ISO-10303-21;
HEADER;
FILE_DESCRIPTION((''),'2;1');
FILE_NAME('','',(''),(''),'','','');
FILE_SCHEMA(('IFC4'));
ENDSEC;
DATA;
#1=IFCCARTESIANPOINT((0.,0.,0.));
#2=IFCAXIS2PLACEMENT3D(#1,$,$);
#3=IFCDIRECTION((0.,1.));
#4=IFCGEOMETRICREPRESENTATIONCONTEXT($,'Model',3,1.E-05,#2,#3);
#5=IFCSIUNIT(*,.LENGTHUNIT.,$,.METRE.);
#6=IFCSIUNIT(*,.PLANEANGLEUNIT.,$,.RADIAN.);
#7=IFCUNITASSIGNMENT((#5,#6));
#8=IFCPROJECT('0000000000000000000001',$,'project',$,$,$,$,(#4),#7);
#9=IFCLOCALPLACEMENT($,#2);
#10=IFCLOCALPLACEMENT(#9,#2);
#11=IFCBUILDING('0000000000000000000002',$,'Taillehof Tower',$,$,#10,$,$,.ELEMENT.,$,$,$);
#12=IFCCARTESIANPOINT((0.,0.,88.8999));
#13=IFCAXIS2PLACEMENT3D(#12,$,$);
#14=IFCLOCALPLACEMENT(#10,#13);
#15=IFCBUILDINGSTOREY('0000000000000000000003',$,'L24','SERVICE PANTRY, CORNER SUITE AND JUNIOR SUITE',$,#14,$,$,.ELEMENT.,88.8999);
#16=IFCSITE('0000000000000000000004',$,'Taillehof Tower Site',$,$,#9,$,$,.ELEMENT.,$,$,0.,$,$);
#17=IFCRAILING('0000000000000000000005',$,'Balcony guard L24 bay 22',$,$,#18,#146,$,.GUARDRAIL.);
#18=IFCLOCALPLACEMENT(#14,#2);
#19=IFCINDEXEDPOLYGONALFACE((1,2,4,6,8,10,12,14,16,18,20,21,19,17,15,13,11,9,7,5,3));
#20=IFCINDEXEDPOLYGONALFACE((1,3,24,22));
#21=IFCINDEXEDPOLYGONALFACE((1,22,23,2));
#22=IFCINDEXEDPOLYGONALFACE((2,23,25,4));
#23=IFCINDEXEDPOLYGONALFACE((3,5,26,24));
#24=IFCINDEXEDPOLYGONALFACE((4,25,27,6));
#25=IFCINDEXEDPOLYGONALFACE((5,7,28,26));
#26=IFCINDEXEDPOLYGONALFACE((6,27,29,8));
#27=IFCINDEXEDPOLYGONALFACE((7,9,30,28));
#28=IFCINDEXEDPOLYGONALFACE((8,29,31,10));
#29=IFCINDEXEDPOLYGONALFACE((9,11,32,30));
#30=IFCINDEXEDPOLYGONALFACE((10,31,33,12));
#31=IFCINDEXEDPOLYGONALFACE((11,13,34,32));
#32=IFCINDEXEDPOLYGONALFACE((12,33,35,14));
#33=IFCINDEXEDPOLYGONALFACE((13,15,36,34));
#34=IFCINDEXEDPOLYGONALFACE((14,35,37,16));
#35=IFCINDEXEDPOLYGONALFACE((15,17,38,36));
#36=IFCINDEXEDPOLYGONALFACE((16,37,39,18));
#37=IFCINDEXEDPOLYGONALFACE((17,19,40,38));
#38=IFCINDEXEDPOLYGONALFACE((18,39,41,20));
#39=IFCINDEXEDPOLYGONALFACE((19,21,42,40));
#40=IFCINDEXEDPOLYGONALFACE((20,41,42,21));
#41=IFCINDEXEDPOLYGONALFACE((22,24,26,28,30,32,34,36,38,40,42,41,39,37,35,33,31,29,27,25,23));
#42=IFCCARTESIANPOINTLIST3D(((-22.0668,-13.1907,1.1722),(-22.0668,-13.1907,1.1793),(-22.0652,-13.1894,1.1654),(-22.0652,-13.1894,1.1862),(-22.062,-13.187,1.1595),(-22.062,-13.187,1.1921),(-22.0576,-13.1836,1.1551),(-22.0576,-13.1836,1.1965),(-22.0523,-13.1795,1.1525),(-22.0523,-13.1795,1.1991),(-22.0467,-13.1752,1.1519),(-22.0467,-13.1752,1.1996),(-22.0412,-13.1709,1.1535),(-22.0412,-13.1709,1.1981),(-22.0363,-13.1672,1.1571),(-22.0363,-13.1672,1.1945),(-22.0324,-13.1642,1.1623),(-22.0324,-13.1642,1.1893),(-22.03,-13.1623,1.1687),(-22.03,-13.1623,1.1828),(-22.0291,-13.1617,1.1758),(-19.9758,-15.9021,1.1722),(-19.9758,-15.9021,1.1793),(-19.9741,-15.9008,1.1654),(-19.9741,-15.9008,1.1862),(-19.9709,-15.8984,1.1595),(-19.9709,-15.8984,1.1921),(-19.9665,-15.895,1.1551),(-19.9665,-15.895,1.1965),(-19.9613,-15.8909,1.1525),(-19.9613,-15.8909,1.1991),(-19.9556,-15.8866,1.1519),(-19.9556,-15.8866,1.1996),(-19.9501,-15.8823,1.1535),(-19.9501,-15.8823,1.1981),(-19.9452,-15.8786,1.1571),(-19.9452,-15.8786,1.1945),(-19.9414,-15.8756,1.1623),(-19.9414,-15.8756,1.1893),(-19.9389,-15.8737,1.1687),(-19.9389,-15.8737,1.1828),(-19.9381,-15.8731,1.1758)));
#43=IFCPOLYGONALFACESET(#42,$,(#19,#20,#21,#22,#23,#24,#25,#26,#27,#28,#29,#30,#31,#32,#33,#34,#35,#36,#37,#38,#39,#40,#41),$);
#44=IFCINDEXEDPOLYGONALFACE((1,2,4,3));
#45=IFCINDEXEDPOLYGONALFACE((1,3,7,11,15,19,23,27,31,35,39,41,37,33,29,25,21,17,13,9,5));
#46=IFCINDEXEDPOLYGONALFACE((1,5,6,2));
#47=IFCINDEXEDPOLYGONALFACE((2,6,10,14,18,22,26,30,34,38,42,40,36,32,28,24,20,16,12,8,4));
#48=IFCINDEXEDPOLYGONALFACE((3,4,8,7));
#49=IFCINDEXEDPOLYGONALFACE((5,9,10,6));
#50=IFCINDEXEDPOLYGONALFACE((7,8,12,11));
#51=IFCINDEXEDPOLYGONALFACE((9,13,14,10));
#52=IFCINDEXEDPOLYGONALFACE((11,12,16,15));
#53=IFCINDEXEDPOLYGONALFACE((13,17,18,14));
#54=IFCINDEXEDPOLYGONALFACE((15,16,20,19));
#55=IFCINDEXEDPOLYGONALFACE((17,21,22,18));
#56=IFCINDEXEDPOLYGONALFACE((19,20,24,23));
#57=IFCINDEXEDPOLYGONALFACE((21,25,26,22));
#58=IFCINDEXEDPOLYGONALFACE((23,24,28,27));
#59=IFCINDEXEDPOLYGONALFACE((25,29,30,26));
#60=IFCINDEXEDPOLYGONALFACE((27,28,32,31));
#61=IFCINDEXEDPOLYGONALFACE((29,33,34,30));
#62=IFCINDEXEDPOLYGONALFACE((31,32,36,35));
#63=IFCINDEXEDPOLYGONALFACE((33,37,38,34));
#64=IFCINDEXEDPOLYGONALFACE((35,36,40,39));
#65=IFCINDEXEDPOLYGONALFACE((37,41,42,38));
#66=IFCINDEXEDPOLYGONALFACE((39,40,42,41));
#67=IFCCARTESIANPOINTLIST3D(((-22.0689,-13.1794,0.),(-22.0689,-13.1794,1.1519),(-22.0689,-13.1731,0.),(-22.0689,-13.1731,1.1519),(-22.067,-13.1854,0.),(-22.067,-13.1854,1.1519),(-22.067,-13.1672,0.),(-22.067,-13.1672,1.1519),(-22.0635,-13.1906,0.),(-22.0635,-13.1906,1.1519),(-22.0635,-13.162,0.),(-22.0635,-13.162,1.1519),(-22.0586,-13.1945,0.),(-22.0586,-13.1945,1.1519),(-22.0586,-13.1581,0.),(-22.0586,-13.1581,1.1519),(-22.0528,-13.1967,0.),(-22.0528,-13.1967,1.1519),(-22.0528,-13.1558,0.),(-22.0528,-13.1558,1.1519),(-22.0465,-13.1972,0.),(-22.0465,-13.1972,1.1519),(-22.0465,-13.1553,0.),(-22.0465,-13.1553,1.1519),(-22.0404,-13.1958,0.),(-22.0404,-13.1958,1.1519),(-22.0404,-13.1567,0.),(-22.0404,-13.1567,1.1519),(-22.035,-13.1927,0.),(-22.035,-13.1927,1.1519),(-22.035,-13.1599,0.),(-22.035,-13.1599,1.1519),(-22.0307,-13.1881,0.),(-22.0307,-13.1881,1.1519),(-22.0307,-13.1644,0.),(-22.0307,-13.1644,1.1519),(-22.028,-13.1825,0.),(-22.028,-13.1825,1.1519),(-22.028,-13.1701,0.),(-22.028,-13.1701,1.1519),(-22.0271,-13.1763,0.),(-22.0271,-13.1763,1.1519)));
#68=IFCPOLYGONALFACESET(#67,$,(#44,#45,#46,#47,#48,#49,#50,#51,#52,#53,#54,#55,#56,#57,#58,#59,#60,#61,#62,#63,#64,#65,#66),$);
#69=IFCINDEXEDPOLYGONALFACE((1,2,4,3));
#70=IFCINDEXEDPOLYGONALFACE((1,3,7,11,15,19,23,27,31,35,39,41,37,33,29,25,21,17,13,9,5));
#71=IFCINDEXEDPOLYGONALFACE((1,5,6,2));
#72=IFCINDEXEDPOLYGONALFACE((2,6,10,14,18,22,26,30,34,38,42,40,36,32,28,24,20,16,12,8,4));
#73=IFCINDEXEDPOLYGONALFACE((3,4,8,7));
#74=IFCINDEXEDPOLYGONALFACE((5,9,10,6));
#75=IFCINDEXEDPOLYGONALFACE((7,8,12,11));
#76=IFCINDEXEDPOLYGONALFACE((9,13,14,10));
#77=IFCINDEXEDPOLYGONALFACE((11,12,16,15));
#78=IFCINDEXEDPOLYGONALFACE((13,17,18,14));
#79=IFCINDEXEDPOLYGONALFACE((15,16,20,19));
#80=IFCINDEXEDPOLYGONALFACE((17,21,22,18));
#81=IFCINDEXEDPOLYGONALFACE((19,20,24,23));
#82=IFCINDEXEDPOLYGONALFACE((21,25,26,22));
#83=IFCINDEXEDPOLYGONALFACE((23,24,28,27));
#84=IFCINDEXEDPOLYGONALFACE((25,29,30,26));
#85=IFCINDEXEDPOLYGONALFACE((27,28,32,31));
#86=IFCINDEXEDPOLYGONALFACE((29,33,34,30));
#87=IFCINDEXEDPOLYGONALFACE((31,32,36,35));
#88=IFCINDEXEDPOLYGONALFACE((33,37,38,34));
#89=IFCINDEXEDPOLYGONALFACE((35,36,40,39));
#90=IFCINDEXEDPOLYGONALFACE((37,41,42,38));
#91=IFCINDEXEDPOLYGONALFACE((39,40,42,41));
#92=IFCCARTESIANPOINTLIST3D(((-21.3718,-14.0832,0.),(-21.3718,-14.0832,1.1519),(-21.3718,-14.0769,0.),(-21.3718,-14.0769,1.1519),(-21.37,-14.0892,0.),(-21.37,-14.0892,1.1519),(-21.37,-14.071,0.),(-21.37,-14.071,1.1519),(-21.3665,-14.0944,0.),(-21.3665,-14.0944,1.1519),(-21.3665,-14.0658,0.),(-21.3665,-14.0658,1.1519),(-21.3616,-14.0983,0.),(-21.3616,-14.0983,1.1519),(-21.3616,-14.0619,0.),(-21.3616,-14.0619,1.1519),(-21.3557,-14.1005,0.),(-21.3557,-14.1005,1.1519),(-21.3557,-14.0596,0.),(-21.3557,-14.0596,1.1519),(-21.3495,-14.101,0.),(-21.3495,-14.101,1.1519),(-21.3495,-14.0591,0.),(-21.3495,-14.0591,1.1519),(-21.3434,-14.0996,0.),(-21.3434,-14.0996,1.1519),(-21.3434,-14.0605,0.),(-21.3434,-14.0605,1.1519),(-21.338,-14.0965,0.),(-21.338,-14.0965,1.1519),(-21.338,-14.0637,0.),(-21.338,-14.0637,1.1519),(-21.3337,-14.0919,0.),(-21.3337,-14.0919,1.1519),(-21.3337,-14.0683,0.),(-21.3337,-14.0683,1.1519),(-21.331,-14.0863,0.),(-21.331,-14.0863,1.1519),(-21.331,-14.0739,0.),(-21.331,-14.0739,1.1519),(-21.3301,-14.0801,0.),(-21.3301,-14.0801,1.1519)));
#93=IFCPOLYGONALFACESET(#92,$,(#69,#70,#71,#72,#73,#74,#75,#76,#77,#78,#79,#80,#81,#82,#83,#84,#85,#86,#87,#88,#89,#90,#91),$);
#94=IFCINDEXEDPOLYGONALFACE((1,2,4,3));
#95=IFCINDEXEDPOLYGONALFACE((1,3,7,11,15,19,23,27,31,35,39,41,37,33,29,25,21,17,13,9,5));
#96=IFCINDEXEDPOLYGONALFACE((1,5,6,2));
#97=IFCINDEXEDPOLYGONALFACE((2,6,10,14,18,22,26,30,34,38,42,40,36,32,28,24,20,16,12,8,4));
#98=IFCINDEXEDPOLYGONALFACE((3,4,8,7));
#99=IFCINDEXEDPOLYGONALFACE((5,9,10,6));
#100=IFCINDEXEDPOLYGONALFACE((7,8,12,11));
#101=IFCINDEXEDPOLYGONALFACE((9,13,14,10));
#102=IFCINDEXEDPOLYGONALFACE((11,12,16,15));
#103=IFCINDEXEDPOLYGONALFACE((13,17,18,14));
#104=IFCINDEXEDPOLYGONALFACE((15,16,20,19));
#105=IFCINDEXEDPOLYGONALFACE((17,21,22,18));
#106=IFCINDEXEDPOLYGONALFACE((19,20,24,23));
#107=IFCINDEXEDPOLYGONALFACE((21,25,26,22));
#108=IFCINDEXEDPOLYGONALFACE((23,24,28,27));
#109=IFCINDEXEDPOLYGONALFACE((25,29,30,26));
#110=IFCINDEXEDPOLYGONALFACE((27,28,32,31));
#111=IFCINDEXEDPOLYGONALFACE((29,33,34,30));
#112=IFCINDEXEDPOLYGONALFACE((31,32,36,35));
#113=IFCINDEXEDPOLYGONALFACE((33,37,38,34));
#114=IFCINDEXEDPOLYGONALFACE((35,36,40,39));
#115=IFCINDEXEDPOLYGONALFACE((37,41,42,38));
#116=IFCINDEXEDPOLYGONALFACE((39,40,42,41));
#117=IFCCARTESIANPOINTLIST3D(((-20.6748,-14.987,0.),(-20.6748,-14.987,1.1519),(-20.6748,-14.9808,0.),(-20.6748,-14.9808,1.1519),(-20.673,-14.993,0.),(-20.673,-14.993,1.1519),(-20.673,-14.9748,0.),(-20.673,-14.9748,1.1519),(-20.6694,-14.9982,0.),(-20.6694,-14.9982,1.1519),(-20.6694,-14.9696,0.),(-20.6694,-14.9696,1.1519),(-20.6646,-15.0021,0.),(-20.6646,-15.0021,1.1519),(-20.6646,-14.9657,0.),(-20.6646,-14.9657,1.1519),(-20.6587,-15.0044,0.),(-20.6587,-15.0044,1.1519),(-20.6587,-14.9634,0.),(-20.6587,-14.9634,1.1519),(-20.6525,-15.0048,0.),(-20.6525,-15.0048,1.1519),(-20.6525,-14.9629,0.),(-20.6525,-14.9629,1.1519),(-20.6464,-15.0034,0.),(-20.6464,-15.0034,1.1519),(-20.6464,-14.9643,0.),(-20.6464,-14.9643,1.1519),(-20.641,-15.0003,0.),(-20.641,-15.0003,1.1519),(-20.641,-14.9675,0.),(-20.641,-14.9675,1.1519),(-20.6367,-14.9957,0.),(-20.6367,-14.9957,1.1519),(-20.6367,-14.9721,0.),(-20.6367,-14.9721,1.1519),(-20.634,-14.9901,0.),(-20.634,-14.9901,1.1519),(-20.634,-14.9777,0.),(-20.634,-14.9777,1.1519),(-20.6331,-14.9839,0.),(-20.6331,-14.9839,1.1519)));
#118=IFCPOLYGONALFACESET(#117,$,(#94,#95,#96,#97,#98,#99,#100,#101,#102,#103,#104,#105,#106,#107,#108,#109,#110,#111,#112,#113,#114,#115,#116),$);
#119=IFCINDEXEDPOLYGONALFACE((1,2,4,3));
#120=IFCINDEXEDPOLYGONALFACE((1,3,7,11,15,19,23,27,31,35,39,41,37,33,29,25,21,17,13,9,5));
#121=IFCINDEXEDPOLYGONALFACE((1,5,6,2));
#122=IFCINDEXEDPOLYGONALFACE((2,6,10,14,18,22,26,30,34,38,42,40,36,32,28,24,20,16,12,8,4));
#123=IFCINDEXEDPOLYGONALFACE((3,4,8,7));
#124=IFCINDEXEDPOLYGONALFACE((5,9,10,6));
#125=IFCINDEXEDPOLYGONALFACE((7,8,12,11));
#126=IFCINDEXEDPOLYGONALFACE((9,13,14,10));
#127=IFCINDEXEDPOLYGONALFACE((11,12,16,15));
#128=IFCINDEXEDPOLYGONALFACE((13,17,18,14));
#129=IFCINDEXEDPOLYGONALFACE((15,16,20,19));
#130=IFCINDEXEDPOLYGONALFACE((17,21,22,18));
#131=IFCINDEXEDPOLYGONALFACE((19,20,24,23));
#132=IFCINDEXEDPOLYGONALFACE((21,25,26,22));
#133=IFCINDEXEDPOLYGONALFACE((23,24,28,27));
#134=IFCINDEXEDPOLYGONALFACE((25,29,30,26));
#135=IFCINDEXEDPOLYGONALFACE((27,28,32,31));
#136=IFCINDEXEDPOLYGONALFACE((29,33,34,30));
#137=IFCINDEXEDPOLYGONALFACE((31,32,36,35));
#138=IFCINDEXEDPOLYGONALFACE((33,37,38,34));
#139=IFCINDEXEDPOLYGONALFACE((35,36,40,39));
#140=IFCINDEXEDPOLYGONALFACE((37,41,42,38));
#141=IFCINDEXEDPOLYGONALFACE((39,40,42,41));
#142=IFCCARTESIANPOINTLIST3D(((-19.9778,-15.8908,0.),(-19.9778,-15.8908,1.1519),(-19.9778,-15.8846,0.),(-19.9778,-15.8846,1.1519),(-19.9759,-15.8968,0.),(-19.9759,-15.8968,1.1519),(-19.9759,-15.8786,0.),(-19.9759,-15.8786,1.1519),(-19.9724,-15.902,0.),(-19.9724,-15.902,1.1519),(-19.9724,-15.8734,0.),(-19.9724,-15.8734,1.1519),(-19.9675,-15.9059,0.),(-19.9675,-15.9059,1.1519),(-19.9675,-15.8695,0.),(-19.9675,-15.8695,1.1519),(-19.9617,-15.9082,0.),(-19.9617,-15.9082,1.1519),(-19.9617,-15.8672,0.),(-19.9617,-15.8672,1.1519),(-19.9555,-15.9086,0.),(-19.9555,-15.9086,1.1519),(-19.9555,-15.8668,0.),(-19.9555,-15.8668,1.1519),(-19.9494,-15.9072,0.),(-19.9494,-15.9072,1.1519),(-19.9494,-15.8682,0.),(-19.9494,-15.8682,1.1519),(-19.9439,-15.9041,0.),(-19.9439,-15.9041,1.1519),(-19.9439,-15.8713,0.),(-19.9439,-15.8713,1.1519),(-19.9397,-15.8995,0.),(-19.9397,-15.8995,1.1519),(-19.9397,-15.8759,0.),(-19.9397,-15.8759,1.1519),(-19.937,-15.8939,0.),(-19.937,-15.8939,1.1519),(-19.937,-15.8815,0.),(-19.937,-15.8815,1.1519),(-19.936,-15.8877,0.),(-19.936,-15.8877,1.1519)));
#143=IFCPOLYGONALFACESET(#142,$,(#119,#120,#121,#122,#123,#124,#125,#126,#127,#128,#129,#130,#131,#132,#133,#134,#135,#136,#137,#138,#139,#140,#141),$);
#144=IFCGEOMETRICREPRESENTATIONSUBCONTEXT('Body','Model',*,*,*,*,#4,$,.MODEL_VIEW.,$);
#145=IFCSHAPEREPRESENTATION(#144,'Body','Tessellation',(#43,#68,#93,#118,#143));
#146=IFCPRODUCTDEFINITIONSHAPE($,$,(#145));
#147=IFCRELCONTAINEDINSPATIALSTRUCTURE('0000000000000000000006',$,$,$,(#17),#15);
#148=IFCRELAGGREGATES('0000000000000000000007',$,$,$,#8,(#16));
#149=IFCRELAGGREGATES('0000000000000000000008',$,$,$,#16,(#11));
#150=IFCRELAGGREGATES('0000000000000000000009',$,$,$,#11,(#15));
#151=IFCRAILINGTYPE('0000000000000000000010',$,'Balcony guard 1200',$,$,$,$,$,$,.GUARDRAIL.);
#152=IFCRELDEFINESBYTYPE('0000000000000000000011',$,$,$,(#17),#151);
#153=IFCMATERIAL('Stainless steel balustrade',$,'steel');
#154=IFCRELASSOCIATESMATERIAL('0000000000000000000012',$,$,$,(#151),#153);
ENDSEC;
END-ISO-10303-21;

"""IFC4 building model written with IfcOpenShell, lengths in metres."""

from ifc_helpers import new_model, si_unit, direction, frame, origin, origin_2d, place, context, subcontext, project, spatial, circle, extrude, material, type_object, element, save


model = new_model("IFC4")

# Units and contexts
model_context = context("Model", 3, precision=1e-05, world=origin(), true_north=direction((0.0, 1.0)))
body_context = subcontext(model_context, "Body", "Model", "MODEL_VIEW")
ifc_project = project(units=[si_unit("LENGTHUNIT", "METRE"), si_unit("PLANEANGLEUNIT", "RADIAN")], contexts=[model_context])

# Site, building, storey
site_placement = place(None, origin())
site = spatial("IfcSite", under=ifc_project, at=site_placement, Name="Taillehof Tower Site", CompositionType="ELEMENT", RefElevation=0.0)
building_placement = place(site_placement, origin())
building = spatial("IfcBuilding", under=site, at=building_placement, Name="Taillehof Tower", CompositionType="ELEMENT")
storey_placement = place(building_placement, frame((0.0, 0.0, 88.8999)))
storey = spatial("IfcBuildingStorey", under=building, at=storey_placement, Name="L24", Description="SERVICE PANTRY, CORNER SUITE AND JUNIOR SUITE", CompositionType="ELEMENT", Elevation=88.8999)

# Railing
ifc_material_1 = material(Name="Stainless steel balustrade", Category="steel")
railing_type = type_object("IfcRailingType", Name="Balcony guard 1200", PredefinedType="GUARDRAIL", material=ifc_material_1)
railing_1_placement = place(storey_placement, frame((-22.0481, -13.1763, 0.0)))
element("IfcRailing", 1, at=railing_1_placement, inside=storey, type_object=railing_type, Name="Balcony guard L24 bay 22", PredefinedType="GUARDRAIL", context=body_context, shape_type="SweptSolid", body=[
    extrude(circle(Radius=0.0239, at=origin_2d()), frame((0.0, 0.0, 1.1758), z_axis=(0.610692, -0.791868, 0.0), x_axis=(0.791868, 0.610692, 0.0)), (0.0, 0.0, 1.0), 3.4241),
    extrude(circle(Radius=0.021, at=origin_2d()), origin(), (0.0, 0.0, 1.0), 1.1519),
    extrude(circle(Radius=0.021, at=origin_2d()), frame((0.697, -0.9038, 0.0)), (0.0, 0.0, 1.0), 1.1519),
    extrude(circle(Radius=0.021, at=origin_2d()), frame((1.394, -1.8076, 0.0)), (0.0, 0.0, 1.0), 1.1519),
    extrude(circle(Radius=0.021, at=origin_2d()), frame((2.0911, -2.7114, 0.0)), (0.0, 0.0, 1.0), 1.1519),
])

save(model, "model.ifc")
